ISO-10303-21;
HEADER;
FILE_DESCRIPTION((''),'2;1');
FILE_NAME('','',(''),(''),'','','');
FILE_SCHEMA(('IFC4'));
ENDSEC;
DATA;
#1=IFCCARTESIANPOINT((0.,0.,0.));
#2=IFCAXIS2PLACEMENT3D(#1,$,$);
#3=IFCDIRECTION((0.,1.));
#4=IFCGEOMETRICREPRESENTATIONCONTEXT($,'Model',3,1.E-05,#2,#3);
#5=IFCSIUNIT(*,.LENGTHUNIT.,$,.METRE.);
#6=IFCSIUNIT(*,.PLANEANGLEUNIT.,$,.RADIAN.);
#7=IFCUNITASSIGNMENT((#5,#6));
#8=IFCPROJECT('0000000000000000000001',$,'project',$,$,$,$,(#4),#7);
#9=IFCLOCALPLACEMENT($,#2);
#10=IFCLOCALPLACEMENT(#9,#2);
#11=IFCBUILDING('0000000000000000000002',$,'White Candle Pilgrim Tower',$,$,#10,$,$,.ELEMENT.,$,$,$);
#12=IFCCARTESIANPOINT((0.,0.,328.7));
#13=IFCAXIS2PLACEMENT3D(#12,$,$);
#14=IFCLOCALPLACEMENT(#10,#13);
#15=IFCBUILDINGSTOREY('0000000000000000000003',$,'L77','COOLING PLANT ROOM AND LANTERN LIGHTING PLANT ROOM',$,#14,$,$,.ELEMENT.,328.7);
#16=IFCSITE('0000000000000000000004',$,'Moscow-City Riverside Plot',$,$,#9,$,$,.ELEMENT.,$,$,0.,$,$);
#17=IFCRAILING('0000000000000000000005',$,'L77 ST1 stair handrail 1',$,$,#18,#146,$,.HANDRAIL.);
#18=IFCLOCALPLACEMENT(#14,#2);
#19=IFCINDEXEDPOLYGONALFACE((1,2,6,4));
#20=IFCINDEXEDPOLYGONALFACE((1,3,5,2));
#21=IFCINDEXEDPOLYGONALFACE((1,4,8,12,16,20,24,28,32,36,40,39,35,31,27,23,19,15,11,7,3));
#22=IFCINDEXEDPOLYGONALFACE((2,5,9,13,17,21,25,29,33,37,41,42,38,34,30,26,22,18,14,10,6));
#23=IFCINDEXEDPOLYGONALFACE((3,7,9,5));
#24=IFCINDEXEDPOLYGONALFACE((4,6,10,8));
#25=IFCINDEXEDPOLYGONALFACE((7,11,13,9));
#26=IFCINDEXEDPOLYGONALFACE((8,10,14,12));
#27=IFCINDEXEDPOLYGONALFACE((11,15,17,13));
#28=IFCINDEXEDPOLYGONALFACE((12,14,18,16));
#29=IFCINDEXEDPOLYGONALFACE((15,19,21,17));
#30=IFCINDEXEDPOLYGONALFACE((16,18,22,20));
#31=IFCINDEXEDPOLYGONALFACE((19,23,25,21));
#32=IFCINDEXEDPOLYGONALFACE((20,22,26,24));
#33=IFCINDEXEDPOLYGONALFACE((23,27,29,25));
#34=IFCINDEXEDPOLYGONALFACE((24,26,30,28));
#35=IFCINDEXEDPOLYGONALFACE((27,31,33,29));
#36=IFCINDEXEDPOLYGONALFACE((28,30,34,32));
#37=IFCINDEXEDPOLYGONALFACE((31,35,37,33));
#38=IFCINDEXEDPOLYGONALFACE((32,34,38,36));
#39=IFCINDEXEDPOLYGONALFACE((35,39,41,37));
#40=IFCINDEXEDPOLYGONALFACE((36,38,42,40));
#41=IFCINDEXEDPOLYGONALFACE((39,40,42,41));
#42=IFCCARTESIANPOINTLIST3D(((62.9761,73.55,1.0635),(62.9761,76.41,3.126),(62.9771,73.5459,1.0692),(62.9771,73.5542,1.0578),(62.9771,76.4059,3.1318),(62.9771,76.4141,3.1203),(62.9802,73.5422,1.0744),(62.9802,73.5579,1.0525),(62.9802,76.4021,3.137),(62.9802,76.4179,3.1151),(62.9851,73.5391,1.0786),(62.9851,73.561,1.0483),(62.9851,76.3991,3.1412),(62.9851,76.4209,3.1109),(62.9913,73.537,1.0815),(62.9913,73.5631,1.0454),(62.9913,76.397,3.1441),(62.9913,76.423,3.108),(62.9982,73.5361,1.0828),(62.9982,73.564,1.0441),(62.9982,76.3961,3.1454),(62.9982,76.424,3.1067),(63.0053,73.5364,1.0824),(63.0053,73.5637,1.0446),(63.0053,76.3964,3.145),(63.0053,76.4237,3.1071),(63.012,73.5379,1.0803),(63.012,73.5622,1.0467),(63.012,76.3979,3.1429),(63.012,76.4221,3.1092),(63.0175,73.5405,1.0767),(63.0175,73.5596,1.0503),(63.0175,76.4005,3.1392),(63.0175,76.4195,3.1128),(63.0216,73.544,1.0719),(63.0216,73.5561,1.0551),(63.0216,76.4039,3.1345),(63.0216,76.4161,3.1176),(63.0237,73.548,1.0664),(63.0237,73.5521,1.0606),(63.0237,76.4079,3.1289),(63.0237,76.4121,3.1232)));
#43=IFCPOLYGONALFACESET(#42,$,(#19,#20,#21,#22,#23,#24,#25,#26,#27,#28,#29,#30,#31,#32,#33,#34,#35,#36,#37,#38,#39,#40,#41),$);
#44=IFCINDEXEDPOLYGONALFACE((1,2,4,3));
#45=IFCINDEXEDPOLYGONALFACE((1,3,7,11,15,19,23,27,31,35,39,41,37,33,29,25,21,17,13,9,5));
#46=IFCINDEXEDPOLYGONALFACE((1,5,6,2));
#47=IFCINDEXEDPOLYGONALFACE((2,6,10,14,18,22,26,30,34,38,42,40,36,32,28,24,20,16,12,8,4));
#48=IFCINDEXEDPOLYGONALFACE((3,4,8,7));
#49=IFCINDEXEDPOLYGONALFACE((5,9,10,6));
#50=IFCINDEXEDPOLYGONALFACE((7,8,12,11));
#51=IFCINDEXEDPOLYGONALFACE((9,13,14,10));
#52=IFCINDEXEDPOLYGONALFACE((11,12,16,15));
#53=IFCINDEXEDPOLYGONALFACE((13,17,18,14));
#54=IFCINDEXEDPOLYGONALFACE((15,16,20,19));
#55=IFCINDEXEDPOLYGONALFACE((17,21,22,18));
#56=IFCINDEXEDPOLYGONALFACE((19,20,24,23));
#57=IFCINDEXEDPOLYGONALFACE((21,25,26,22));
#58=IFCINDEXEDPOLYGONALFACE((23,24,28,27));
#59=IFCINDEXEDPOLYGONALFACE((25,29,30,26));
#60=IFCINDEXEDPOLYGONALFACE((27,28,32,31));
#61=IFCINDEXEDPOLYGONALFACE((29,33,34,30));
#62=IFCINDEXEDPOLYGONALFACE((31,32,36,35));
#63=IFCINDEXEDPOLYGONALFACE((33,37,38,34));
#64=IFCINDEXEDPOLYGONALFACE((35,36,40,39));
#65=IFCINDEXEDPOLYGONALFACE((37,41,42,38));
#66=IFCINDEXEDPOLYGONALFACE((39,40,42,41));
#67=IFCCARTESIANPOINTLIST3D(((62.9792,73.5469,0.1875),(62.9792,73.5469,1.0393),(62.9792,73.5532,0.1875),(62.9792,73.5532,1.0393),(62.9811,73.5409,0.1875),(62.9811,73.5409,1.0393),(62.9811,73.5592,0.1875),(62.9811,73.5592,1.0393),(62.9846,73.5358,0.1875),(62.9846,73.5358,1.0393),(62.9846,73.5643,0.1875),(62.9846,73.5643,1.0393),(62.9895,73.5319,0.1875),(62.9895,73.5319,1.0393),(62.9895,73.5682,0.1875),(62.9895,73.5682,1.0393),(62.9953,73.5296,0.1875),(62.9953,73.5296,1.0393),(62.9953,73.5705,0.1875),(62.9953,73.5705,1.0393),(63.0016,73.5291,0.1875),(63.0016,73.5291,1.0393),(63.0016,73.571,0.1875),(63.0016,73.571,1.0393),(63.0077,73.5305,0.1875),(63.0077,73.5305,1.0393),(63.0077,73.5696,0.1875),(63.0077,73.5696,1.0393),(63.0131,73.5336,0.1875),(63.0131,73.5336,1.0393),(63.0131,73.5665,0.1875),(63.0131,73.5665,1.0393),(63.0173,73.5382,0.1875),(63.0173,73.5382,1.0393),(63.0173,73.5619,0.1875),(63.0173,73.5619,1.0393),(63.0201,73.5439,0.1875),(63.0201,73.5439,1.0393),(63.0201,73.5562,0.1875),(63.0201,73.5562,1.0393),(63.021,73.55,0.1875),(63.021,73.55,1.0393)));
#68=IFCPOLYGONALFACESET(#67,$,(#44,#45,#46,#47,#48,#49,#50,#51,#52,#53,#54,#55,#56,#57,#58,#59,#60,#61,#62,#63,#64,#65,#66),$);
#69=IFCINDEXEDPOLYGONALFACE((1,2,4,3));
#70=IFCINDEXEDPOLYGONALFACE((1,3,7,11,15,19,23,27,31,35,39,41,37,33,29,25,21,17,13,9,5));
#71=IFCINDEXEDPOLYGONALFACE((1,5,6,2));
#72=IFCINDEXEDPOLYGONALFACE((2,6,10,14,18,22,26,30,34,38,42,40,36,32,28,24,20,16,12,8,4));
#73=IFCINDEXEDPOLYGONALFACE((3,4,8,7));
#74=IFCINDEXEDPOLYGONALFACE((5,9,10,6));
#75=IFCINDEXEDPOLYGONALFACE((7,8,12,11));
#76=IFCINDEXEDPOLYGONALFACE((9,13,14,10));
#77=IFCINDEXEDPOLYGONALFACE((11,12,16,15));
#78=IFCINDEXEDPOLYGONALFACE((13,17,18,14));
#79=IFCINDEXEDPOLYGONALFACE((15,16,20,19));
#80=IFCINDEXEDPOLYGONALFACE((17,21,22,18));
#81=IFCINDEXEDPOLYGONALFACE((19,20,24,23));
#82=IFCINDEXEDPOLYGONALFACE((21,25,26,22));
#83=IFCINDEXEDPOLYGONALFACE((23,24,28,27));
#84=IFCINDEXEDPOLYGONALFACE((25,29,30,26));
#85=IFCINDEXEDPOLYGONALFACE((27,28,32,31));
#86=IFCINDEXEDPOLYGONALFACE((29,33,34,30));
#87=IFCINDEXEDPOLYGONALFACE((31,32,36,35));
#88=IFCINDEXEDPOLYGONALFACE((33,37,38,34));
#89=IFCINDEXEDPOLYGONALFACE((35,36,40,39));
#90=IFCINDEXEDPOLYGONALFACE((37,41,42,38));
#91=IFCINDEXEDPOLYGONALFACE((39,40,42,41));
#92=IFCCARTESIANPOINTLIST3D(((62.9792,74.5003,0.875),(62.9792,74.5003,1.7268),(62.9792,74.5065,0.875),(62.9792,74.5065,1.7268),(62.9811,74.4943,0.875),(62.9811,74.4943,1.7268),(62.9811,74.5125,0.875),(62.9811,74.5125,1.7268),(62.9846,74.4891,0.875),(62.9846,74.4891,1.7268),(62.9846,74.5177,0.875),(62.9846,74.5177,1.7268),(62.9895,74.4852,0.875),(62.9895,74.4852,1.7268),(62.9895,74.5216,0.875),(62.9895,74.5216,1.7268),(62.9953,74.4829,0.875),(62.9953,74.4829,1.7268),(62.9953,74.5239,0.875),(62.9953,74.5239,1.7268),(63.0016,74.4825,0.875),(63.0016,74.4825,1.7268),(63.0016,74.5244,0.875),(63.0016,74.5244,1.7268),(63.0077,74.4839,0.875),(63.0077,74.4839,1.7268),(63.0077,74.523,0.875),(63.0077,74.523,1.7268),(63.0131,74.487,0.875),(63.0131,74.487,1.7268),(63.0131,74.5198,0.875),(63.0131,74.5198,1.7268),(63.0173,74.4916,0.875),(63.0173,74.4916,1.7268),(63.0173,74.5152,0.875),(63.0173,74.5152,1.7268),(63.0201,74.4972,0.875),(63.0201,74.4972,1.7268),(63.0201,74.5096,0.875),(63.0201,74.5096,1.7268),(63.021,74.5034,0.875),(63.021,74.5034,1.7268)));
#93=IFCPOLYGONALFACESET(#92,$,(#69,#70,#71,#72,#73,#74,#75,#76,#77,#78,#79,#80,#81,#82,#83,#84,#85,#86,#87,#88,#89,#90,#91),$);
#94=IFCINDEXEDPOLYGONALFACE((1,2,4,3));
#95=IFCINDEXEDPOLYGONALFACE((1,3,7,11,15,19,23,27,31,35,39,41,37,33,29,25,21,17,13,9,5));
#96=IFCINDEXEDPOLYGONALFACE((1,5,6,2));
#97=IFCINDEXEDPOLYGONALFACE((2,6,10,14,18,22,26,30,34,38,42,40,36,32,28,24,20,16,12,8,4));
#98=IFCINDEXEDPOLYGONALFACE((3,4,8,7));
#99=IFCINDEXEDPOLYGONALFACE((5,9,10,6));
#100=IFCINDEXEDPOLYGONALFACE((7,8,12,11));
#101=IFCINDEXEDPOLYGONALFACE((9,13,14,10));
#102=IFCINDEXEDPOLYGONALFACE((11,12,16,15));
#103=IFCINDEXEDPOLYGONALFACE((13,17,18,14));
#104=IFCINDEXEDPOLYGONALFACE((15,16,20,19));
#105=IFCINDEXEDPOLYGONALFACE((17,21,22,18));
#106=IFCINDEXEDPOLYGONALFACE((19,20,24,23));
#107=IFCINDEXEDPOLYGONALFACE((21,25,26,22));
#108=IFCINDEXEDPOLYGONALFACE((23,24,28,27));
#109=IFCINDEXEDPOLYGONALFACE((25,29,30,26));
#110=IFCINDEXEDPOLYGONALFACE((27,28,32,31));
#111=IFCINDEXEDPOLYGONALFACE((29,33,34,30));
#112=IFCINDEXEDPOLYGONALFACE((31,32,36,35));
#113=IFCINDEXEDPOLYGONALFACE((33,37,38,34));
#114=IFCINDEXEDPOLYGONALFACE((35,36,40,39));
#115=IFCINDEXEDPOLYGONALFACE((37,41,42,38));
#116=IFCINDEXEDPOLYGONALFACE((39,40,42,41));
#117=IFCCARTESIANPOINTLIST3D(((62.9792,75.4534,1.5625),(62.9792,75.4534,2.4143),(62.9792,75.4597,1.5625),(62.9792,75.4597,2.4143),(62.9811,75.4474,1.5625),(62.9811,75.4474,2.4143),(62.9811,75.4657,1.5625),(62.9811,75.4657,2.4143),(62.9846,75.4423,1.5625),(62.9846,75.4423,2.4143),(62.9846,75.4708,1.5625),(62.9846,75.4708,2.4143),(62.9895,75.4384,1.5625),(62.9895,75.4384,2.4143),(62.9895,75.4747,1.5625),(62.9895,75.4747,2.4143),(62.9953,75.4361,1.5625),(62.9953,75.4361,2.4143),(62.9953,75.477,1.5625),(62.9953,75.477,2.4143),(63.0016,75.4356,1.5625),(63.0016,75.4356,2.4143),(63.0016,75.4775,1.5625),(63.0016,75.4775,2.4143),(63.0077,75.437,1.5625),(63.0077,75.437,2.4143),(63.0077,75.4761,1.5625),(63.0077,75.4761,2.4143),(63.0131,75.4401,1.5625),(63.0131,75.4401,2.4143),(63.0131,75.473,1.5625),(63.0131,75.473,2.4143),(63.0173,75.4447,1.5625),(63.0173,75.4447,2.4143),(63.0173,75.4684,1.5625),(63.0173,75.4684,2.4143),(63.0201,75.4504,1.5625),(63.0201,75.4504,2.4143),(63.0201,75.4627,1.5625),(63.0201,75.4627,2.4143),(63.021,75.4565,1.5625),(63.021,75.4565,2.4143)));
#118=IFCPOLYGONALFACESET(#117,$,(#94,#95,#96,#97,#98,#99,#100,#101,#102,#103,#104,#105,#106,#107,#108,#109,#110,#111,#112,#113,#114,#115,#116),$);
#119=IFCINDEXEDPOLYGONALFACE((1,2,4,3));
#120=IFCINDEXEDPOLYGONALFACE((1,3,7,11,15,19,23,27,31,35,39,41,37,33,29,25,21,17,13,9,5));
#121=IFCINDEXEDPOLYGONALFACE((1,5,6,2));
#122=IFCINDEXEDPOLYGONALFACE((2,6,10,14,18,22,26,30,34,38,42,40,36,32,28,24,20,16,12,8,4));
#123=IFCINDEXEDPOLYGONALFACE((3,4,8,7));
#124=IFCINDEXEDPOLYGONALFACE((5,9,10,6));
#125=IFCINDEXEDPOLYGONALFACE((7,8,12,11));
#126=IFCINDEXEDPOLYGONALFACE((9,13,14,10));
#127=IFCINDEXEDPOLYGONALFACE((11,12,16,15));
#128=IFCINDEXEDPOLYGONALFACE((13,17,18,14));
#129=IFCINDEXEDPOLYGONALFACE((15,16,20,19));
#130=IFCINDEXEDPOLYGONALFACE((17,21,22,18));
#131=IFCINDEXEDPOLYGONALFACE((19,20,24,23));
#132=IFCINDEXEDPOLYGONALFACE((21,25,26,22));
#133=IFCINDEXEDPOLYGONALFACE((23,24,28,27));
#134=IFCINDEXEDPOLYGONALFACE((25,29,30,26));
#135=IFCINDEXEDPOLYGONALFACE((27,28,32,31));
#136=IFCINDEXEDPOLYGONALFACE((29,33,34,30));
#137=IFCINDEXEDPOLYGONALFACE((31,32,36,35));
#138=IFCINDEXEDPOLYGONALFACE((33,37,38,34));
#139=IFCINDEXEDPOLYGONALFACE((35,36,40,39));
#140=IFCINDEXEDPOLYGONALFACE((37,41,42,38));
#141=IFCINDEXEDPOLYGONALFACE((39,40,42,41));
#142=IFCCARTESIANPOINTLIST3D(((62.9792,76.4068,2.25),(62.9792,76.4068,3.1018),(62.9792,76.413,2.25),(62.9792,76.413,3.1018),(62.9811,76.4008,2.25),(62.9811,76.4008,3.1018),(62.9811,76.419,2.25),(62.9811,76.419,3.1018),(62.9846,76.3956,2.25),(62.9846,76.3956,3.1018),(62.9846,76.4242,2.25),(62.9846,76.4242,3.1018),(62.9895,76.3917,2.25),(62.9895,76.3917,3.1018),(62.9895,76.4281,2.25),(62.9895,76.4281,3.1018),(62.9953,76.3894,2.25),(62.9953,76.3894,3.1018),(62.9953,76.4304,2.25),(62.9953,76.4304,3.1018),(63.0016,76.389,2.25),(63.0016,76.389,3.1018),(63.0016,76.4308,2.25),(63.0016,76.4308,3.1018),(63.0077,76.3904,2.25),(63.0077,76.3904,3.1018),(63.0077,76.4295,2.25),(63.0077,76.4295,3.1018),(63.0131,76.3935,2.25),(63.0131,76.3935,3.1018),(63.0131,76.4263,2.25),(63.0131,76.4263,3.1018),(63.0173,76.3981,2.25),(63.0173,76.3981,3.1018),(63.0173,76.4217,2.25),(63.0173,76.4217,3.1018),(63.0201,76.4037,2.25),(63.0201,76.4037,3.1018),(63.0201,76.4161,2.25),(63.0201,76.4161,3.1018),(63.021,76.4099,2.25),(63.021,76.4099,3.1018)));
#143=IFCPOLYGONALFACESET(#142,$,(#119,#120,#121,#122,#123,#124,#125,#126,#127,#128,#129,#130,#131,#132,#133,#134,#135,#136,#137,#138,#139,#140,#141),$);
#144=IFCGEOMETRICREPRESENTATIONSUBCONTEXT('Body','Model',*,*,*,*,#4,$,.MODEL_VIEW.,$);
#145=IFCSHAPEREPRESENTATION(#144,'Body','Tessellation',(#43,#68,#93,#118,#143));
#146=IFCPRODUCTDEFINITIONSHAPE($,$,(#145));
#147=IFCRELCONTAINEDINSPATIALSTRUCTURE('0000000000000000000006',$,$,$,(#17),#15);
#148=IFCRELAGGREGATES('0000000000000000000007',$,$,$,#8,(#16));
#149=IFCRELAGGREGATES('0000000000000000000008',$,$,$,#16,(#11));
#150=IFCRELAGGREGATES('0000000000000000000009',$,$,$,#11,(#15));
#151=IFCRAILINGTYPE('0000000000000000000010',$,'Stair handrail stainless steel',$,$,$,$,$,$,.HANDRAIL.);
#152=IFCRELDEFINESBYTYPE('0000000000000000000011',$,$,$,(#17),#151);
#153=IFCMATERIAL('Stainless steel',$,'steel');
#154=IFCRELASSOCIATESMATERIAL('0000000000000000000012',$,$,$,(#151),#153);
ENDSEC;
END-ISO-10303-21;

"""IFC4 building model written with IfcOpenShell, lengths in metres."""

from ifc_helpers import new_model, si_unit, direction, frame, origin, origin_2d, place, context, subcontext, project, spatial, circle, extrude, material, type_object, element, save


model = new_model("IFC4")

# Units and contexts
model_context = context("Model", 3, precision=1e-05, world=origin(), true_north=direction((0.0, 1.0)))
body_context = subcontext(model_context, "Body", "Model", "MODEL_VIEW")
ifc_project = project(units=[si_unit("LENGTHUNIT", "METRE"), si_unit("PLANEANGLEUNIT", "RADIAN")], contexts=[model_context])

# Site, building, storey
site_placement = place(None, origin())
site = spatial("IfcSite", under=ifc_project, at=site_placement, Name="Moscow-City Riverside Plot", CompositionType="ELEMENT", RefElevation=0.0)
building_placement = place(site_placement, origin())
building = spatial("IfcBuilding", under=site, at=building_placement, Name="White Candle Pilgrim Tower", CompositionType="ELEMENT")
storey_placement = place(building_placement, frame((0.0, 0.0, 328.7)))
storey = spatial("IfcBuildingStorey", under=building, at=storey_placement, Name="L77", Description="COOLING PLANT ROOM AND LANTERN LIGHTING PLANT ROOM", CompositionType="ELEMENT", Elevation=328.7)

# Railing
ifc_material_1 = material(Name="Stainless steel", Category="steel")
railing_type_1 = type_object("IfcRailingType", Name="Stair handrail stainless steel", PredefinedType="HANDRAIL", material=ifc_material_1)
railing_1_placement = place(storey_placement, frame((63.0, 73.55, 0.1875)))
element("IfcRailing", 1, at=railing_1_placement, inside=storey, type_object=railing_type_1, Name="L77 ST1 stair handrail 1", PredefinedType="HANDRAIL", context=body_context, shape_type="SweptSolid", body=[
    extrude(circle(Radius=0.0239, at=origin_2d()), frame((0.0, 0.0, 0.876), z_axis=(0.0, 0.811077, 0.584939), x_axis=(-1.0, 0.0, 0.0)), (0.0, 0.0, 1.0), 3.5261),
    extrude(circle(Radius=0.021, at=origin_2d()), origin(), (0.0, 0.0, 1.0), 0.8518),
    extrude(circle(Radius=0.021, at=origin_2d()), frame((0.0, 0.9534, 0.6875)), (0.0, 0.0, 1.0), 0.8518),
    extrude(circle(Radius=0.021, at=origin_2d()), frame((0.0, 1.9065, 1.375)), (0.0, 0.0, 1.0), 0.8518),
    extrude(circle(Radius=0.021, at=origin_2d()), frame((0.0, 2.8599, 2.0625)), (0.0, 0.0, 1.0), 0.8518),
])

save(model, "model.ifc")
